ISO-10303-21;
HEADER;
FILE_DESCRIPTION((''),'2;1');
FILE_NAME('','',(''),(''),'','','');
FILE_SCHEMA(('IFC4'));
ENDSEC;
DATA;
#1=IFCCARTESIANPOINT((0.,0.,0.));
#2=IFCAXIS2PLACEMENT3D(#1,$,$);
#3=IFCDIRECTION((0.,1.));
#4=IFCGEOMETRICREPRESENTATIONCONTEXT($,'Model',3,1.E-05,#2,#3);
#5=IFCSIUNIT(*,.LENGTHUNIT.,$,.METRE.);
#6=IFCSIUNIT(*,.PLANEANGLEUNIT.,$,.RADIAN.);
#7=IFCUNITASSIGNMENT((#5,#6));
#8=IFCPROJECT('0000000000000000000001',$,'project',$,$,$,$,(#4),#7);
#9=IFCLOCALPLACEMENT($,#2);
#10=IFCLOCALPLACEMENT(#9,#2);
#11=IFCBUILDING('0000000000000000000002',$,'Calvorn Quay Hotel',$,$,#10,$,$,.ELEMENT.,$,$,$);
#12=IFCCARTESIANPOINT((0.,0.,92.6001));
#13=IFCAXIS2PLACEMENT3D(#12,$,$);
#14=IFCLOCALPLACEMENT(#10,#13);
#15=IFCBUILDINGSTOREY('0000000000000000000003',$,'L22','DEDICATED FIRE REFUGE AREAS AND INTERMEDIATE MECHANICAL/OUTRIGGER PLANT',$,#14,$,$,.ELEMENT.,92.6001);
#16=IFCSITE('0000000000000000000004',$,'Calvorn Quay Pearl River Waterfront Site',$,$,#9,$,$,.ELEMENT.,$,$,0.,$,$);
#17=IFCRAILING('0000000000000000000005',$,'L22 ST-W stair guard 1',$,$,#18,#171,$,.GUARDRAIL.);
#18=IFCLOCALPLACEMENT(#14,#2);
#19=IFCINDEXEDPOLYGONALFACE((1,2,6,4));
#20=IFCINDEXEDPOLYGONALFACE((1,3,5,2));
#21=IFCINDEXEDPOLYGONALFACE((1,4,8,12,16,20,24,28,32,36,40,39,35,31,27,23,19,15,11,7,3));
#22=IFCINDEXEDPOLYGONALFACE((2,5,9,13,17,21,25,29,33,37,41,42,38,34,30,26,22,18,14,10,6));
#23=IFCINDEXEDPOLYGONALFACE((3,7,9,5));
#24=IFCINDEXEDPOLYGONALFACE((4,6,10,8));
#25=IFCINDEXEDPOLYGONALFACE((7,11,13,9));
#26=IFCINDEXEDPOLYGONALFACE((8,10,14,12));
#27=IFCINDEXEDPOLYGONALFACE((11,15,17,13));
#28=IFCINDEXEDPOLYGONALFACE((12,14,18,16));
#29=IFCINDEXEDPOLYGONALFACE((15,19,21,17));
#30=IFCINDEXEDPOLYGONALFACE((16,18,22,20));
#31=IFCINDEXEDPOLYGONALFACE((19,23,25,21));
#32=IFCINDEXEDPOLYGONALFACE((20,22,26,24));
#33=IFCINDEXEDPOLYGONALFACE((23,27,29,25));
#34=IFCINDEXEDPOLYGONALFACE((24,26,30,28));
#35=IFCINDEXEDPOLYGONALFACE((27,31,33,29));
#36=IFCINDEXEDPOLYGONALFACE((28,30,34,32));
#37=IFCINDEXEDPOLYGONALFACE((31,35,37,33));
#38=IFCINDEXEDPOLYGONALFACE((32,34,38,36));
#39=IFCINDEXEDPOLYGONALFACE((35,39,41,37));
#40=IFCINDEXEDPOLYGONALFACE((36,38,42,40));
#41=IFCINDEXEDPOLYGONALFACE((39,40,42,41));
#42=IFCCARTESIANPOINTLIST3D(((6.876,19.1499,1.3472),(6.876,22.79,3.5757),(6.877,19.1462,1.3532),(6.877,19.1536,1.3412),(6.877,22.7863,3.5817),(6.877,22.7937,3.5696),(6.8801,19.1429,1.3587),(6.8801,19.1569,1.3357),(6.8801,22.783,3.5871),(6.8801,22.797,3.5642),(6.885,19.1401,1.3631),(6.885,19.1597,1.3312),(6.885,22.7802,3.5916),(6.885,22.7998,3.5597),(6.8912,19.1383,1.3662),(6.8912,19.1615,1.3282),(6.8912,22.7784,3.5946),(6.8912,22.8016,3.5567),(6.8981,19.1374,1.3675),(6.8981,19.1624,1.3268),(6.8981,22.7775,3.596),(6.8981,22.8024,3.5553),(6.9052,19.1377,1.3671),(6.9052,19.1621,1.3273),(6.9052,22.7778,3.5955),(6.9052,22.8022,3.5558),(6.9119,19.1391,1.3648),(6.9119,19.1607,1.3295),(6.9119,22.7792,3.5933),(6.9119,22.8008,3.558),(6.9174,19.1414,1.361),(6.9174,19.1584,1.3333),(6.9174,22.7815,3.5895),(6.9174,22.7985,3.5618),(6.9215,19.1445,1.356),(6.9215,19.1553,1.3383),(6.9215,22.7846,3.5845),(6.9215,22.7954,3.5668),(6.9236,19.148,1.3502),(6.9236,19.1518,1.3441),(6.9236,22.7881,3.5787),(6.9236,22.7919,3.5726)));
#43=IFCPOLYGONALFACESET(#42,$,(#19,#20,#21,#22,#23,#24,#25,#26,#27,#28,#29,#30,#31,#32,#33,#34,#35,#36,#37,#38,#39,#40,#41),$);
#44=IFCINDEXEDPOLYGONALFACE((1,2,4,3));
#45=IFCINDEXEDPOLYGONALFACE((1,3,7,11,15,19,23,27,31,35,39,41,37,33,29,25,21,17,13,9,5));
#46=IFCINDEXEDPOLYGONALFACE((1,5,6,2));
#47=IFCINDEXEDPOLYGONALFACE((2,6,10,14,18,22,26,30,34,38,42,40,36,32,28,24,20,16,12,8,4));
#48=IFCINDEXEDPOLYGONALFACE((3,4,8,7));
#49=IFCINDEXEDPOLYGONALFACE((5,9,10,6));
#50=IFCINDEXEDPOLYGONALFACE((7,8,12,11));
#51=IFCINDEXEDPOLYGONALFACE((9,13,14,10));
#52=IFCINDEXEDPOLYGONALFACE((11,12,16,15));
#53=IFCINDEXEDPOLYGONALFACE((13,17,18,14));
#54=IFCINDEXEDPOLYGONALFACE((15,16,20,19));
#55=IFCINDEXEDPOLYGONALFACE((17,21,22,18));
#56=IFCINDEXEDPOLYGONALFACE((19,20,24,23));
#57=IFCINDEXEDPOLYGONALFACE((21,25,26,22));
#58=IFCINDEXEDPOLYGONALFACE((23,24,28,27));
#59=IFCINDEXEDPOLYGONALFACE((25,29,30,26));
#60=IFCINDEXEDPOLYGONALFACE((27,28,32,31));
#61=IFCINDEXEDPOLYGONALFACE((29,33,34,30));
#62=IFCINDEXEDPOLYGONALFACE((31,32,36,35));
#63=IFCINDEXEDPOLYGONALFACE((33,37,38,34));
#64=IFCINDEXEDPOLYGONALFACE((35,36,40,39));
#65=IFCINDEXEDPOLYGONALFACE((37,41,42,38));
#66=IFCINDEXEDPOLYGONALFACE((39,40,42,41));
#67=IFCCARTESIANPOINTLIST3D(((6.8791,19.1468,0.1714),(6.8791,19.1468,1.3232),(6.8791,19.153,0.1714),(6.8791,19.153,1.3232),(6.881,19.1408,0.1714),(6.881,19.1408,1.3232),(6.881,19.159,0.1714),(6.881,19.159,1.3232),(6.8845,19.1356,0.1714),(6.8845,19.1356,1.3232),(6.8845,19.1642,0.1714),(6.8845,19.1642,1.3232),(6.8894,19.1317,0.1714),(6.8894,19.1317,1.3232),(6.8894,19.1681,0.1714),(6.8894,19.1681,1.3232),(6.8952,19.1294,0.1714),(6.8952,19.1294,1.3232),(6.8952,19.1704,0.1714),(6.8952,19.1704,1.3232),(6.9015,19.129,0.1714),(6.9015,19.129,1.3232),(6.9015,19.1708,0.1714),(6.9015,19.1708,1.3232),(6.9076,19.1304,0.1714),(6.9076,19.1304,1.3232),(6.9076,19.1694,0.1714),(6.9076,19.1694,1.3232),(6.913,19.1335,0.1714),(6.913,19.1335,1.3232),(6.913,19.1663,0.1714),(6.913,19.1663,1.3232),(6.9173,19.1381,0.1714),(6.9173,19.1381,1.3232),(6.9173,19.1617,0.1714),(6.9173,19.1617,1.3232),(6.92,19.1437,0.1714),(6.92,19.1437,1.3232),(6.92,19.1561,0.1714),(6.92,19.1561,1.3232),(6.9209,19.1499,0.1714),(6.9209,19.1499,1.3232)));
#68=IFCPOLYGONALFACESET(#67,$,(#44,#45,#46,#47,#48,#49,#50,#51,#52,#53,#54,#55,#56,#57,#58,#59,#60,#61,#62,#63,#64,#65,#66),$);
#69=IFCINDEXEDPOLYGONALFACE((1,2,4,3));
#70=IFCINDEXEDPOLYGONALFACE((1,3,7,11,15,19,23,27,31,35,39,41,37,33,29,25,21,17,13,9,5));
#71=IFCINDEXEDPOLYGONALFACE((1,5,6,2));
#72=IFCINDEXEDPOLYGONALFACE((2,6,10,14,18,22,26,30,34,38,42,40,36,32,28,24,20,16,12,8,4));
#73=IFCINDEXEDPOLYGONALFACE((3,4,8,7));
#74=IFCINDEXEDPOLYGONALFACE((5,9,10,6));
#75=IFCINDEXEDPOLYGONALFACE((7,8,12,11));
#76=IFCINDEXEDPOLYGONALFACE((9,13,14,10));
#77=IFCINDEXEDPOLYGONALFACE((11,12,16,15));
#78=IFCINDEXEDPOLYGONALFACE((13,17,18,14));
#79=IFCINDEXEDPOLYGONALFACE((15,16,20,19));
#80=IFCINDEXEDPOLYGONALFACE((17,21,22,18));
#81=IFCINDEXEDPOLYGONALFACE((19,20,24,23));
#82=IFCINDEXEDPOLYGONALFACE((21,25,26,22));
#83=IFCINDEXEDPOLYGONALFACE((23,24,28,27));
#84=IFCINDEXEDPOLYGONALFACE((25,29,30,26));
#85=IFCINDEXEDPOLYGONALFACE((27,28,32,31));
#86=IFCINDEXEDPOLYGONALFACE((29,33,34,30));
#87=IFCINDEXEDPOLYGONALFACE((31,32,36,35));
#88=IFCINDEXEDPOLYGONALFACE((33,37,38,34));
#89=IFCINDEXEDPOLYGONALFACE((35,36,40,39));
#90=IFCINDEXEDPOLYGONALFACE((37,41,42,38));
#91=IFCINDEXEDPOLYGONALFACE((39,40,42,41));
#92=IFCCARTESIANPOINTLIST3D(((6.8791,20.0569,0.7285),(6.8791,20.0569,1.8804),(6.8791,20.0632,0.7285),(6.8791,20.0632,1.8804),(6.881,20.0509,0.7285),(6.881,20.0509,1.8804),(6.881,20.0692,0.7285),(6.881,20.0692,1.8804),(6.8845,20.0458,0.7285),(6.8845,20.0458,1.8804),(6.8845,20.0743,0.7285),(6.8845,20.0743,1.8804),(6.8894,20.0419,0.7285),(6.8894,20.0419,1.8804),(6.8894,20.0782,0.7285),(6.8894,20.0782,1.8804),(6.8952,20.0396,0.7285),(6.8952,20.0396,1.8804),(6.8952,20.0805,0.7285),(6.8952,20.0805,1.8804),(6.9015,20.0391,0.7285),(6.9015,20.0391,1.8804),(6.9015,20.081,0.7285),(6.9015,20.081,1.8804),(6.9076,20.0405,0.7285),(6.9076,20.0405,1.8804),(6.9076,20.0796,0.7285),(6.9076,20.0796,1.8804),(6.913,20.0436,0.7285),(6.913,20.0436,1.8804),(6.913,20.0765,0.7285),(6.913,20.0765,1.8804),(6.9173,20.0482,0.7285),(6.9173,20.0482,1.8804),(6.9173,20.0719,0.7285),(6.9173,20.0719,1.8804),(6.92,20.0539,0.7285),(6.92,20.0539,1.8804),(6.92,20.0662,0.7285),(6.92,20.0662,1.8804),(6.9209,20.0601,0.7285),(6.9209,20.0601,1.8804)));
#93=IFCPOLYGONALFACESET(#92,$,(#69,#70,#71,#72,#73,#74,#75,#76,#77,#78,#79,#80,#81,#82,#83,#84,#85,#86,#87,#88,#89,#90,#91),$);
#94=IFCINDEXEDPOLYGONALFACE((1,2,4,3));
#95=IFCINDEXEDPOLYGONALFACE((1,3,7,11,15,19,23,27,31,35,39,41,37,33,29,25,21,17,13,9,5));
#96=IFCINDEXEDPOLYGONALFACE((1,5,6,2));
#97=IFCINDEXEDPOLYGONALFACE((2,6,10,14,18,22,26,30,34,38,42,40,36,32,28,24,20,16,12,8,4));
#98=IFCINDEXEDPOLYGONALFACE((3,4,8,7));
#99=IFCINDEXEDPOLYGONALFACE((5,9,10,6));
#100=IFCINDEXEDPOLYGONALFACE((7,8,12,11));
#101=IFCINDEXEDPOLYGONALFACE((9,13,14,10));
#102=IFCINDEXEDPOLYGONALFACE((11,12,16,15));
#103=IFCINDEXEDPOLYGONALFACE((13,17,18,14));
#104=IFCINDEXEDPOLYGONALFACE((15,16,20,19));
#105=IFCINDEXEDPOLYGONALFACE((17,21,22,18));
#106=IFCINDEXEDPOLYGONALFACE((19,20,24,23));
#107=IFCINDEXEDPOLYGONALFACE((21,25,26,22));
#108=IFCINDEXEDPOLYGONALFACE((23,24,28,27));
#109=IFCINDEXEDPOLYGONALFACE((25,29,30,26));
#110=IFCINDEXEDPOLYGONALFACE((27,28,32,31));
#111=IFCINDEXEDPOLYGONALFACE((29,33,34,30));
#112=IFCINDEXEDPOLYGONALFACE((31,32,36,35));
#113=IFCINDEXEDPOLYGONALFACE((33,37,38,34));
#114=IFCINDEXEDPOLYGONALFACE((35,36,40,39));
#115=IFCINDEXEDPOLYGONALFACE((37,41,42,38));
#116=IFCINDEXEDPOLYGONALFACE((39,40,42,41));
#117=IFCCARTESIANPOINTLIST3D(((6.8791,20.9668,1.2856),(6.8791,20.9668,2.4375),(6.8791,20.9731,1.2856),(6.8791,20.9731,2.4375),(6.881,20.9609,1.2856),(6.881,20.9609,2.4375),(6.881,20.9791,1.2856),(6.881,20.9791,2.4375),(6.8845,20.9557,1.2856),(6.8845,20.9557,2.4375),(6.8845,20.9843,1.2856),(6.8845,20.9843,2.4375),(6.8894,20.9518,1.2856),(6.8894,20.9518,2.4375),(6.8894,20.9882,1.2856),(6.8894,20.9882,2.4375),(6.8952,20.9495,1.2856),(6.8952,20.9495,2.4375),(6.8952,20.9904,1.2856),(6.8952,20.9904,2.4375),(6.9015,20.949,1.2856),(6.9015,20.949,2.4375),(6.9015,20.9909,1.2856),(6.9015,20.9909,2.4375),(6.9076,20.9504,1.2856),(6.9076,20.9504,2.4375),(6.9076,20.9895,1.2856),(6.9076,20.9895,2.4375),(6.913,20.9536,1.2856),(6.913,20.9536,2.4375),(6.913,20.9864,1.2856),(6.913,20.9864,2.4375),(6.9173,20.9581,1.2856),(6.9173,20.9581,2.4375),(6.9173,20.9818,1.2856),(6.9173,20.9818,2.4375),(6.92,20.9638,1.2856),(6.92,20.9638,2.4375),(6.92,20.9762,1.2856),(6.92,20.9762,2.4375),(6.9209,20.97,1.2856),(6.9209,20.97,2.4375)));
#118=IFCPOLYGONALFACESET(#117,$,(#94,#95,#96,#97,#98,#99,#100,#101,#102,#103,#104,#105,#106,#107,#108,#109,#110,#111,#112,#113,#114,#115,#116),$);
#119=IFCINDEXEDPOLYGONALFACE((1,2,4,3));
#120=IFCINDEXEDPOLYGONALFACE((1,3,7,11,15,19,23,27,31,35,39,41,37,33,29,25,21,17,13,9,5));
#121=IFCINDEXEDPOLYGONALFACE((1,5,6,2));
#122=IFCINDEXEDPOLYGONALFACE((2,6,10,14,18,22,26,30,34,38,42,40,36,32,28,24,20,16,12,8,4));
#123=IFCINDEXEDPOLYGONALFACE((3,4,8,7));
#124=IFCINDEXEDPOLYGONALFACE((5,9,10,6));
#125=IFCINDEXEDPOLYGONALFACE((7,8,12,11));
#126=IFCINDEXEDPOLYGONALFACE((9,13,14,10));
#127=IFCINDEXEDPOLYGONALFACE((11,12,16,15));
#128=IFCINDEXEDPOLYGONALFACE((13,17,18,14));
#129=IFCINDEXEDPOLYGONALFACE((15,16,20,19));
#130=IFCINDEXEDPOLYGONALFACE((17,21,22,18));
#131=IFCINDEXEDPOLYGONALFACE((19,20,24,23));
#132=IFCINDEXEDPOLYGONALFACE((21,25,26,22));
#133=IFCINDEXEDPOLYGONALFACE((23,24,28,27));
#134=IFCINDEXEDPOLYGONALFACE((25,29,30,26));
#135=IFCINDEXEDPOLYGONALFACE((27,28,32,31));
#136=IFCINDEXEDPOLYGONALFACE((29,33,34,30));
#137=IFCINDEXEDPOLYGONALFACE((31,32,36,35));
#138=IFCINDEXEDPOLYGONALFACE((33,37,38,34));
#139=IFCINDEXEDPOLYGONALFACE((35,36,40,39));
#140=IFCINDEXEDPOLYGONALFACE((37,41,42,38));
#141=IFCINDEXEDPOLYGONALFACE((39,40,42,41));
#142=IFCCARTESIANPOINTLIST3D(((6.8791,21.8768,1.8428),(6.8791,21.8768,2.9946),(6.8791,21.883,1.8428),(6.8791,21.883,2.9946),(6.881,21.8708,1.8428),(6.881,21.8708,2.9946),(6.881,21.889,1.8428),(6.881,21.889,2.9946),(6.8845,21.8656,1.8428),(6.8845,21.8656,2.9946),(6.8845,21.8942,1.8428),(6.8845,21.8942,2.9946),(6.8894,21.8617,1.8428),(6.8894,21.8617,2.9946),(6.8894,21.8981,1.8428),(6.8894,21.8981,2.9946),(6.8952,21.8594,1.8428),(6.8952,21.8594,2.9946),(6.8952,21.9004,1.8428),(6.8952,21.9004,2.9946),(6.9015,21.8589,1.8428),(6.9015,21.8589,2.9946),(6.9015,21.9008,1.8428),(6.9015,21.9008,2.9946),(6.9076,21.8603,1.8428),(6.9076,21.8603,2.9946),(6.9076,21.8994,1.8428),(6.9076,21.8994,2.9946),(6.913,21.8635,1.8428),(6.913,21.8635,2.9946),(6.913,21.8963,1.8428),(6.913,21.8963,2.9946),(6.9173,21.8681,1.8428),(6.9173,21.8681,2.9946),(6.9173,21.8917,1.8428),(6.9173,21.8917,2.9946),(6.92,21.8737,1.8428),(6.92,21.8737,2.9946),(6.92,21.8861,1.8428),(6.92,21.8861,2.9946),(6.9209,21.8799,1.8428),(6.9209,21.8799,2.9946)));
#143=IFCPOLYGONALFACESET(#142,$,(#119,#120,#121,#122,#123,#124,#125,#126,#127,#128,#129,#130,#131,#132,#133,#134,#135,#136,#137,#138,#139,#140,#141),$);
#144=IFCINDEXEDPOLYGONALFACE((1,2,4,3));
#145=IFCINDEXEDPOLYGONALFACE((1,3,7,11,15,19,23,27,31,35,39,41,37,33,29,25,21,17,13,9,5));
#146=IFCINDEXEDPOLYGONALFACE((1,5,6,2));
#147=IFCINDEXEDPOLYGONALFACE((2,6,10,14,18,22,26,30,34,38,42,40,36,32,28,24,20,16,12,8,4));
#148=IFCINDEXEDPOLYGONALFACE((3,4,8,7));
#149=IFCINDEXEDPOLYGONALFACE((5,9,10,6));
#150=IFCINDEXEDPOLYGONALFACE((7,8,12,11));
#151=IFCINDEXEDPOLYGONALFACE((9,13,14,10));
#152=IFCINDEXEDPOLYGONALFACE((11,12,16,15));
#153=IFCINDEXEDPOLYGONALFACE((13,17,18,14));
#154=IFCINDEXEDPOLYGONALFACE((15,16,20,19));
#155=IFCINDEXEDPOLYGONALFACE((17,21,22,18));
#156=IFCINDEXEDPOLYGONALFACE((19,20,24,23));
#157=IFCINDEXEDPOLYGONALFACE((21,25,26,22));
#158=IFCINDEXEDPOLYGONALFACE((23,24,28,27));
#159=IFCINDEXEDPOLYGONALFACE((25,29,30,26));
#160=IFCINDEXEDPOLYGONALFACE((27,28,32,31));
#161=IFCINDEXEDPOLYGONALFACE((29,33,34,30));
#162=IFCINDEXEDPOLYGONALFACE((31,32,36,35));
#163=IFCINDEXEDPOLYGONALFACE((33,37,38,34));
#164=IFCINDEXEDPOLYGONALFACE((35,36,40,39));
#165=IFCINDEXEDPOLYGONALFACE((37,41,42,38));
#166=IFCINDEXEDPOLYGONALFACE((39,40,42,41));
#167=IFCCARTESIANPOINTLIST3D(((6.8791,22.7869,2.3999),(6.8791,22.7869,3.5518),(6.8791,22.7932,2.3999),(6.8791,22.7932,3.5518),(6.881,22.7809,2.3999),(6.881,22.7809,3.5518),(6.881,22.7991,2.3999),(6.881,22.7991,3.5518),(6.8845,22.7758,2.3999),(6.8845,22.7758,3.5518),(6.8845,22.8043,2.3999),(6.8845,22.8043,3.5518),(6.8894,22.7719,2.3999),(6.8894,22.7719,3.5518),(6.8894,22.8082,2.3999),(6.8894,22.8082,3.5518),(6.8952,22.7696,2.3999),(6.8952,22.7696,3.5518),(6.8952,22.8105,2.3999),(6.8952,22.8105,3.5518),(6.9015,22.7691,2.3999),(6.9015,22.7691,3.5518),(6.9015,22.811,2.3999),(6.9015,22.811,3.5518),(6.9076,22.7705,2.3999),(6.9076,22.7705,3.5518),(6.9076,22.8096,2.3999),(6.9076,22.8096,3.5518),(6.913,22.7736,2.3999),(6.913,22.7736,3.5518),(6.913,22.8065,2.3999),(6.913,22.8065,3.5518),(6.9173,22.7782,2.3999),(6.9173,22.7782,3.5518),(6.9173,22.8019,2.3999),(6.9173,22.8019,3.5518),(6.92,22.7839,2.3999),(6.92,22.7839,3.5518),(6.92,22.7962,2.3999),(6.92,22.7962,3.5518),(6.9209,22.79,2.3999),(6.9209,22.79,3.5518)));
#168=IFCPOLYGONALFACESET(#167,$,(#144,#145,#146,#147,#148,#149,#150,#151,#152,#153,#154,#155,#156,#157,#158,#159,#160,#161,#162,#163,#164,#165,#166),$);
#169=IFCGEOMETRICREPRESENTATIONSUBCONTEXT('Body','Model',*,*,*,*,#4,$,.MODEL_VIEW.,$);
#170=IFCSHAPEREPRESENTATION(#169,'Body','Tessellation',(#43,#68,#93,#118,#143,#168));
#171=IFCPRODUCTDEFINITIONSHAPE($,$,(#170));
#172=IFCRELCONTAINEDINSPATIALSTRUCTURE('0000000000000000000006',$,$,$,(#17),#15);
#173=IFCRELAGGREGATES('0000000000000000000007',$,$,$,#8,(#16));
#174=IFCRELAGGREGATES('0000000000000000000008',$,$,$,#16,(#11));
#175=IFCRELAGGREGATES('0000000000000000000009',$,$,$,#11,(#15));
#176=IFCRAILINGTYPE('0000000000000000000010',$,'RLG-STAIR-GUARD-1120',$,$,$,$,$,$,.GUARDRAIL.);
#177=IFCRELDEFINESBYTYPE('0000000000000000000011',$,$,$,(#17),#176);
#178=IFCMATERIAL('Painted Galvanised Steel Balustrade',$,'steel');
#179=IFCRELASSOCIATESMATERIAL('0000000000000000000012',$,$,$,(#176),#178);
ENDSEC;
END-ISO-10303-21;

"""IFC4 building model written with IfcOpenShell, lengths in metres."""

from ifc_helpers import new_model, si_unit, direction, frame, origin, origin_2d, place, context, subcontext, project, spatial, circle, extrude, material, type_object, element, save


model = new_model("IFC4")

# Units and contexts
model_context = context("Model", 3, precision=1e-05, world=origin(), true_north=direction((0.0, 1.0)))
body_context = subcontext(model_context, "Body", "Model", "MODEL_VIEW")
ifc_project = project(units=[si_unit("LENGTHUNIT", "METRE"), si_unit("PLANEANGLEUNIT", "RADIAN")], contexts=[model_context])

# Site, building, storey
site_placement = place(None, origin())
site = spatial("IfcSite", under=ifc_project, at=site_placement, Name="Calvorn Quay Pearl River Waterfront Site", CompositionType="ELEMENT", RefElevation=0.0)
building_placement = place(site_placement, origin())
building = spatial("IfcBuilding", under=site, at=building_placement, Name="Calvorn Quay Hotel", CompositionType="ELEMENT")
storey_placement = place(building_placement, frame((0.0, 0.0, 92.6001)))
storey = spatial("IfcBuildingStorey", under=building, at=storey_placement, Name="L22", Description="DEDICATED FIRE REFUGE AREAS AND INTERMEDIATE MECHANICAL/OUTRIGGER PLANT", CompositionType="ELEMENT", Elevation=92.6001)

# Railing
ifc_material_1 = material(Name="Painted Galvanised Steel Balustrade", Category="steel")
railing_type_1 = type_object("IfcRailingType", Name="RLG-STAIR-GUARD-1120", PredefinedType="GUARDRAIL", material=ifc_material_1)
railing_1_placement = place(storey_placement, frame((6.8999, 19.1499, 0.1714)))
element("IfcRailing", 1, at=railing_1_placement, inside=storey, type_object=railing_type_1, Name="L22 ST-W stair guard 1", PredefinedType="GUARDRAIL", context=body_context, shape_type="SweptSolid", body=[
    extrude(circle(Radius=0.0239, at=origin_2d()), frame((0.0, 0.0, 1.1758), z_axis=(0.0, 0.852866, 0.52213), x_axis=(-1.0, 0.0, 0.0)), (0.0, 0.0, 1.0), 4.2681),
    extrude(circle(Radius=0.021, at=origin_2d()), origin(), (0.0, 0.0, 1.0), 1.1519),
    extrude(circle(Radius=0.021, at=origin_2d()), frame((0.0, 0.9102, 0.5571)), (0.0, 0.0, 1.0), 1.1519),
    extrude(circle(Radius=0.021, at=origin_2d()), frame((0.0, 1.8201, 1.1143)), (0.0, 0.0, 1.0), 1.1519),
    extrude(circle(Radius=0.021, at=origin_2d()), frame((0.0, 2.73, 1.6714)), (0.0, 0.0, 1.0), 1.1519),
    extrude(circle(Radius=0.021, at=origin_2d()), frame((0.0, 3.6401, 2.2285)), (0.0, 0.0, 1.0), 1.1519),
])

save(model, "model.ifc")
